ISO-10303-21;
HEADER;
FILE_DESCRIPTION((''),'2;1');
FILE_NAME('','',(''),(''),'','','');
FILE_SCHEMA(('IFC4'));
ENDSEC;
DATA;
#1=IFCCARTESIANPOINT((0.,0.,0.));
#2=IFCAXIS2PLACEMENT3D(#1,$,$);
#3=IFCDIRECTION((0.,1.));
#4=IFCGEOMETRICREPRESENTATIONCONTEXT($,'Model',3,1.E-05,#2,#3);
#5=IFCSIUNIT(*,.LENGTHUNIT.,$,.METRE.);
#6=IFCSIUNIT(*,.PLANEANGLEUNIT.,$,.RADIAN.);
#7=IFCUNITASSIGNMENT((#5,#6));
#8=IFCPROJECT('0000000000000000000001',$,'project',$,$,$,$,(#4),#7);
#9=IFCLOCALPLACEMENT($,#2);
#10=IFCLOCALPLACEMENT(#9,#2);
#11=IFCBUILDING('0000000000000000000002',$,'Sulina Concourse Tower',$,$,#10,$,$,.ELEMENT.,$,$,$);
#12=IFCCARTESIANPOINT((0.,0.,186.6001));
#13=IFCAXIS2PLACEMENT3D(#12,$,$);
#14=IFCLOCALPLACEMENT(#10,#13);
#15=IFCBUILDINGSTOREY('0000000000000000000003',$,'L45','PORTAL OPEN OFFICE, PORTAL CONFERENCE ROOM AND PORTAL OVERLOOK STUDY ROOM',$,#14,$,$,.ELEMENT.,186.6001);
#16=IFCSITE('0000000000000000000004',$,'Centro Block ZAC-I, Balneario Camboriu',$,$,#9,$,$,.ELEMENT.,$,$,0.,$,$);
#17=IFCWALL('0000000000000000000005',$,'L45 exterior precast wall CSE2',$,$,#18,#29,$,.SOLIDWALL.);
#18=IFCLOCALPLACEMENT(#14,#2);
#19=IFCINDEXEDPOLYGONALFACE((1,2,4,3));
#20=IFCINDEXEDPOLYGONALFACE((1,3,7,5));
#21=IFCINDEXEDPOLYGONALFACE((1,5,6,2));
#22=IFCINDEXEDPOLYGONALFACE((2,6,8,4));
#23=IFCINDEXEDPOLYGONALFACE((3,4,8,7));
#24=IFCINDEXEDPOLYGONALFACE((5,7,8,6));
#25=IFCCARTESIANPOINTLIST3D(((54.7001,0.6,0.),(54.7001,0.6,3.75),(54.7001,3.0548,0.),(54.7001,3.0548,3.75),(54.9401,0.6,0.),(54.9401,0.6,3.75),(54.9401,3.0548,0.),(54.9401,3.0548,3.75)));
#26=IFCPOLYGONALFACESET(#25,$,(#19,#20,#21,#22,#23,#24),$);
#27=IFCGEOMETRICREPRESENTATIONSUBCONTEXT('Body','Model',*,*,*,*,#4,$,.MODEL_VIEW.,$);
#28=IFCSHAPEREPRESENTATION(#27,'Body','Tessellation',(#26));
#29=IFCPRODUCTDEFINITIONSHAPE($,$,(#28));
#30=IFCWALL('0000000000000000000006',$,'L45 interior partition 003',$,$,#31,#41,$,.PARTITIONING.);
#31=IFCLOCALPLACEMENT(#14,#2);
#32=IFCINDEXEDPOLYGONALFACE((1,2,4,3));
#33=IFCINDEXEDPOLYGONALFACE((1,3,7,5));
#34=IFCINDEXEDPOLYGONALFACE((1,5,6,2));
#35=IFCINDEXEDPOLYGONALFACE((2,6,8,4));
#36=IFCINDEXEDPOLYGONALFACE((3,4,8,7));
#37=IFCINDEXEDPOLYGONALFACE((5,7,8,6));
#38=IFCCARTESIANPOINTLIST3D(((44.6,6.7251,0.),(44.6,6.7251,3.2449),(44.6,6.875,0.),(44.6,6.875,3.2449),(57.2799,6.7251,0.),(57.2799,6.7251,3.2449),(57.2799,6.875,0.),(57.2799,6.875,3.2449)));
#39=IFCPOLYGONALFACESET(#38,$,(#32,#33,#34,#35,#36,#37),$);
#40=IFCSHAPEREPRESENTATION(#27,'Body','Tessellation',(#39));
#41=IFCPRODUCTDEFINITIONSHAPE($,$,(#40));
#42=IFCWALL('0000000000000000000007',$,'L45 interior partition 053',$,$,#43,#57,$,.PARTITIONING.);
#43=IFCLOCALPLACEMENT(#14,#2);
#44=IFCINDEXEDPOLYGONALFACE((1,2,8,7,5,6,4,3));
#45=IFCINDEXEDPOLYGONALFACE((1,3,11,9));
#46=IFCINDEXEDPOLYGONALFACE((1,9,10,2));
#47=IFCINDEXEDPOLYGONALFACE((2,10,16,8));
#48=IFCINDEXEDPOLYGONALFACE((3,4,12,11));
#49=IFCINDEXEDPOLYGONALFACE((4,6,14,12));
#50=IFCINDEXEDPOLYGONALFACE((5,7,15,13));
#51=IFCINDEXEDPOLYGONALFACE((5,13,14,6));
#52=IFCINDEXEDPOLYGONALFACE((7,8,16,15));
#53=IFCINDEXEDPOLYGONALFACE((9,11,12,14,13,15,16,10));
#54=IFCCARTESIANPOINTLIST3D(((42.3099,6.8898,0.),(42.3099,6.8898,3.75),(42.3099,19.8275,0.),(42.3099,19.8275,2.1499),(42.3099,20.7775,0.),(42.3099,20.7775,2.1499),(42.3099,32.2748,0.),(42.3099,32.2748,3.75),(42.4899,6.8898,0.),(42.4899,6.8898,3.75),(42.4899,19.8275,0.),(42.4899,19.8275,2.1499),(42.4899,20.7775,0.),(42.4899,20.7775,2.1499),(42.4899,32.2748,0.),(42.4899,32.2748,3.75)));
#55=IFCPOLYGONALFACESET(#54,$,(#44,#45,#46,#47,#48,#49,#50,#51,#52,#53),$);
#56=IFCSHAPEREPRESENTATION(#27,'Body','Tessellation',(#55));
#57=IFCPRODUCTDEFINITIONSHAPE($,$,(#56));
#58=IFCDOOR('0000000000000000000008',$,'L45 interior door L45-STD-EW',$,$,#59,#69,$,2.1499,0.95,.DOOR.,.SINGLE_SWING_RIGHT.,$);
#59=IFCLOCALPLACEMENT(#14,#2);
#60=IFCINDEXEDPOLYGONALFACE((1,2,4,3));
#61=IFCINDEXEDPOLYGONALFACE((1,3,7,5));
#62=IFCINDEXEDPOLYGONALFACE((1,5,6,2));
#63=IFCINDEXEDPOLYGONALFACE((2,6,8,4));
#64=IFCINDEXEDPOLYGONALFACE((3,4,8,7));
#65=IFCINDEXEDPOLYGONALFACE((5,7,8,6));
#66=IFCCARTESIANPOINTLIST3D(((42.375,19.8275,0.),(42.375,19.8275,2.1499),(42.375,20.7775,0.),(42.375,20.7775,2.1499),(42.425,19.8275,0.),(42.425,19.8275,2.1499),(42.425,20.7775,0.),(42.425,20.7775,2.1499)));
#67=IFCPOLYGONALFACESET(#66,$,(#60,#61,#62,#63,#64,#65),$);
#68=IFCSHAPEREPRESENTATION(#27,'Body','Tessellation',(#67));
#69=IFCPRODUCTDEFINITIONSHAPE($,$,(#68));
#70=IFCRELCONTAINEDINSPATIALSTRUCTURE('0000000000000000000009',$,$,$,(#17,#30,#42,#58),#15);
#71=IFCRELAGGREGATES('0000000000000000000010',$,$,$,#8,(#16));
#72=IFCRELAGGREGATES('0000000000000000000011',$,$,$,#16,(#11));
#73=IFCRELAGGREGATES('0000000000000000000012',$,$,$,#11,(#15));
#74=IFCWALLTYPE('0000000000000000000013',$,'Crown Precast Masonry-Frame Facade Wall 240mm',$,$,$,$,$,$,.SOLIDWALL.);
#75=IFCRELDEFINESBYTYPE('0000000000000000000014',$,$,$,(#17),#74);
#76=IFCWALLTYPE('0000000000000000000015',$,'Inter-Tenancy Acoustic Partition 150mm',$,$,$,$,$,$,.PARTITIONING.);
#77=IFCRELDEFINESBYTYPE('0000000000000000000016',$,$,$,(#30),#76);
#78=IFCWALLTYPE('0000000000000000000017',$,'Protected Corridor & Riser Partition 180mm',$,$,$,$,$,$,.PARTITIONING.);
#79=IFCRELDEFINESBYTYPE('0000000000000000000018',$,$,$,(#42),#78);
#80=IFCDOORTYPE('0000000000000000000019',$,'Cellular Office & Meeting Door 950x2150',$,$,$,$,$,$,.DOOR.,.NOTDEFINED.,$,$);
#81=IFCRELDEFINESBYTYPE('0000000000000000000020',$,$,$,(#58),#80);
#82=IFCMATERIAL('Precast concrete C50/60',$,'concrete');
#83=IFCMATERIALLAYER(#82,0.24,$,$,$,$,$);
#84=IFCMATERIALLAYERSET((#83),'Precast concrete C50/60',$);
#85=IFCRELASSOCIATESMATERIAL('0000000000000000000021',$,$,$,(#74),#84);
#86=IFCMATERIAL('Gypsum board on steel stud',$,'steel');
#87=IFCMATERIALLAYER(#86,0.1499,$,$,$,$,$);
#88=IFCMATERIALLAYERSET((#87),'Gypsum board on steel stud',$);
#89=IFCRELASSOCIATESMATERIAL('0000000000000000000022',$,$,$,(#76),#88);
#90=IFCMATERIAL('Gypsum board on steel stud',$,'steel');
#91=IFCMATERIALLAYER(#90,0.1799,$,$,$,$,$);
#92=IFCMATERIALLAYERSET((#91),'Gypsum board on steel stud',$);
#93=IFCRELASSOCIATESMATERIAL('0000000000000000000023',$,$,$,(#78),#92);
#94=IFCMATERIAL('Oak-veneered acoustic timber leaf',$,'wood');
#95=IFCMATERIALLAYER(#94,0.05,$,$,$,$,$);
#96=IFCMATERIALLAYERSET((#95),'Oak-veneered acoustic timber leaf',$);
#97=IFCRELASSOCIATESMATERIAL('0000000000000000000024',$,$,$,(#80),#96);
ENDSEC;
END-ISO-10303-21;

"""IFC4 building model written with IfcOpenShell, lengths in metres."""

from ifc_helpers import new_model, si_unit, direction, frame, frame_2d, origin, place, context, subcontext, project, spatial, rectangle, extrude, material, layer, layer_set, type_object, element, fill, save


model = new_model("IFC4")

# Units and contexts
model_context = context("Model", 3, precision=1e-05, world=origin(), true_north=direction((0.0, 1.0)))
body_context = subcontext(model_context, "Body", "Model", "MODEL_VIEW")
ifc_project = project(units=[si_unit("LENGTHUNIT", "METRE"), si_unit("PLANEANGLEUNIT", "RADIAN")], contexts=[model_context])

# Site, building, storey
site_placement = place(None, origin())
site = spatial("IfcSite", under=ifc_project, at=site_placement, Name="Centro Block ZAC-I, Balneario Camboriu", CompositionType="ELEMENT", RefElevation=0.0)
building_placement = place(site_placement, origin())
building = spatial("IfcBuilding", under=site, at=building_placement, Name="Sulina Concourse Tower", CompositionType="ELEMENT")
storey_placement = place(building_placement, frame((0.0, 0.0, 186.6001)))
storey = spatial("IfcBuildingStorey", under=building, at=storey_placement, Name="L45", Description="PORTAL OPEN OFFICE, PORTAL CONFERENCE ROOM AND PORTAL OVERLOOK STUDY ROOM", CompositionType="ELEMENT", Elevation=186.6001)

# Walls
ifc_material_1 = material(Name="Precast concrete C50/60", Category="concrete")
ifc_layer_1 = layer(ifc_material_1, 0.24)
ifc_layer_set_1 = layer_set([ifc_layer_1], Name="Precast concrete C50/60")
wall_type_1 = type_object("IfcWallType", Name="Crown Precast Masonry-Frame Facade Wall 240mm", PredefinedType="SOLIDWALL", material=ifc_layer_set_1)
wall_1_placement = place(storey_placement, frame((54.8201, 3.0549, 0.0), z_axis=(0.0, 0.0, 1.0), x_axis=(0.0, -1.0, 0.0)))
element("IfcWall", 1, at=wall_1_placement, inside=storey, type_object=wall_type_1, Name="L45 exterior precast wall CSE2", PredefinedType="SOLIDWALL", context=body_context, shape_type="SweptSolid", body=[
    extrude(rectangle(XDim=2.4548, YDim=0.24, at=frame_2d((1.2275, 0.0))), origin(), (0.0, 0.0, 1.0), 3.75),
])
ifc_material_2 = material(Name="Gypsum board on steel stud", Category="steel")
ifc_layer_2 = layer(ifc_material_2, 0.1499)
ifc_layer_set_2 = layer_set([ifc_layer_2], Name="Gypsum board on steel stud")
wall_type_2 = type_object("IfcWallType", Name="Inter-Tenancy Acoustic Partition 150mm", PredefinedType="PARTITIONING", material=ifc_layer_set_2)
wall_2_placement = place(storey_placement, frame((44.6001, 6.8, 0.0), z_axis=(0.0, 0.0, 1.0), x_axis=(1.0, 0.0, 0.0)))
element("IfcWall", 2, at=wall_2_placement, inside=storey, type_object=wall_type_2, Name="L45 interior partition 003", PredefinedType="PARTITIONING", context=body_context, shape_type="SweptSolid", body=[
    extrude(rectangle(XDim=12.6799, YDim=0.1499, at=frame_2d((6.3398, 0.0))), origin(), (0.0, 0.0, 1.0), 3.2449),
])

# Wall, opening, door
ifc_material_3 = material(Name="Gypsum board on steel stud", Category="steel")
ifc_layer_3 = layer(ifc_material_3, 0.1799)
ifc_layer_set_3 = layer_set([ifc_layer_3], Name="Gypsum board on steel stud")
wall_type_3 = type_object("IfcWallType", Name="Protected Corridor & Riser Partition 180mm", PredefinedType="PARTITIONING", material=ifc_layer_set_3)
wall_3_placement = place(storey_placement, frame((42.3999, 6.8899, 0.0), z_axis=(0.0, 0.0, 1.0), x_axis=(0.0, 1.0, 0.0)))
wall_3 = element("IfcWall", 3, at=wall_3_placement, inside=storey, type_object=wall_type_3, Name="L45 interior partition 053", PredefinedType="PARTITIONING", context=body_context, shape_type="SweptSolid", body=[
    extrude(rectangle(XDim=25.385, YDim=0.1799, at=frame_2d((12.6924, 0.0))), origin(), (0.0, 0.0, 1.0), 3.75),
])
opening_1_placement = place(wall_3_placement, frame((12.9375, 0.0, 0.0)))
opening_1 = element("IfcOpeningElement", 4, at=opening_1_placement, cuts=wall_3, PredefinedType="OPENING", context=body_context, shape_type="SweptSolid", body=[
    extrude(rectangle(XDim=0.95, YDim=2.1499, at=frame_2d((0.4751, 1.075))), frame((0.0, 0.0999, 0.0), z_axis=(0.0, -1.0, 0.0), x_axis=(1.0, 0.0, 0.0)), (0.0, 0.0, 1.0), 0.2),
])
ifc_material_4 = material(Name="Oak-veneered acoustic timber leaf", Category="wood")
ifc_layer_4 = layer(ifc_material_4, 0.05)
ifc_layer_set_4 = layer_set([ifc_layer_4], Name="Oak-veneered acoustic timber leaf")
door_type_1 = type_object("IfcDoorType", Name="Cellular Office & Meeting Door 950x2150", OperationType="NOTDEFINED", PredefinedType="DOOR", material=ifc_layer_set_4)
door_1_placement = place(opening_1_placement, origin())
door_1 = element("IfcDoor", 5, at=door_1_placement, inside=storey, type_object=door_type_1, Name="L45 interior door L45-STD-EW", OperationType="SINGLE_SWING_RIGHT", OverallHeight=2.1499, OverallWidth=0.95, PredefinedType="DOOR", context=body_context, shape_type="SweptSolid", body=[
    extrude(rectangle(XDim=0.95, YDim=2.1499, at=frame_2d((0.4751, 1.075))), frame((0.0, 0.0249, 0.0), z_axis=(0.0, -1.0, 0.0), x_axis=(1.0, 0.0, 0.0)), (0.0, 0.0, 1.0), 0.05),
])
fill(opening_1, door_1)

save(model, "model.ifc")
